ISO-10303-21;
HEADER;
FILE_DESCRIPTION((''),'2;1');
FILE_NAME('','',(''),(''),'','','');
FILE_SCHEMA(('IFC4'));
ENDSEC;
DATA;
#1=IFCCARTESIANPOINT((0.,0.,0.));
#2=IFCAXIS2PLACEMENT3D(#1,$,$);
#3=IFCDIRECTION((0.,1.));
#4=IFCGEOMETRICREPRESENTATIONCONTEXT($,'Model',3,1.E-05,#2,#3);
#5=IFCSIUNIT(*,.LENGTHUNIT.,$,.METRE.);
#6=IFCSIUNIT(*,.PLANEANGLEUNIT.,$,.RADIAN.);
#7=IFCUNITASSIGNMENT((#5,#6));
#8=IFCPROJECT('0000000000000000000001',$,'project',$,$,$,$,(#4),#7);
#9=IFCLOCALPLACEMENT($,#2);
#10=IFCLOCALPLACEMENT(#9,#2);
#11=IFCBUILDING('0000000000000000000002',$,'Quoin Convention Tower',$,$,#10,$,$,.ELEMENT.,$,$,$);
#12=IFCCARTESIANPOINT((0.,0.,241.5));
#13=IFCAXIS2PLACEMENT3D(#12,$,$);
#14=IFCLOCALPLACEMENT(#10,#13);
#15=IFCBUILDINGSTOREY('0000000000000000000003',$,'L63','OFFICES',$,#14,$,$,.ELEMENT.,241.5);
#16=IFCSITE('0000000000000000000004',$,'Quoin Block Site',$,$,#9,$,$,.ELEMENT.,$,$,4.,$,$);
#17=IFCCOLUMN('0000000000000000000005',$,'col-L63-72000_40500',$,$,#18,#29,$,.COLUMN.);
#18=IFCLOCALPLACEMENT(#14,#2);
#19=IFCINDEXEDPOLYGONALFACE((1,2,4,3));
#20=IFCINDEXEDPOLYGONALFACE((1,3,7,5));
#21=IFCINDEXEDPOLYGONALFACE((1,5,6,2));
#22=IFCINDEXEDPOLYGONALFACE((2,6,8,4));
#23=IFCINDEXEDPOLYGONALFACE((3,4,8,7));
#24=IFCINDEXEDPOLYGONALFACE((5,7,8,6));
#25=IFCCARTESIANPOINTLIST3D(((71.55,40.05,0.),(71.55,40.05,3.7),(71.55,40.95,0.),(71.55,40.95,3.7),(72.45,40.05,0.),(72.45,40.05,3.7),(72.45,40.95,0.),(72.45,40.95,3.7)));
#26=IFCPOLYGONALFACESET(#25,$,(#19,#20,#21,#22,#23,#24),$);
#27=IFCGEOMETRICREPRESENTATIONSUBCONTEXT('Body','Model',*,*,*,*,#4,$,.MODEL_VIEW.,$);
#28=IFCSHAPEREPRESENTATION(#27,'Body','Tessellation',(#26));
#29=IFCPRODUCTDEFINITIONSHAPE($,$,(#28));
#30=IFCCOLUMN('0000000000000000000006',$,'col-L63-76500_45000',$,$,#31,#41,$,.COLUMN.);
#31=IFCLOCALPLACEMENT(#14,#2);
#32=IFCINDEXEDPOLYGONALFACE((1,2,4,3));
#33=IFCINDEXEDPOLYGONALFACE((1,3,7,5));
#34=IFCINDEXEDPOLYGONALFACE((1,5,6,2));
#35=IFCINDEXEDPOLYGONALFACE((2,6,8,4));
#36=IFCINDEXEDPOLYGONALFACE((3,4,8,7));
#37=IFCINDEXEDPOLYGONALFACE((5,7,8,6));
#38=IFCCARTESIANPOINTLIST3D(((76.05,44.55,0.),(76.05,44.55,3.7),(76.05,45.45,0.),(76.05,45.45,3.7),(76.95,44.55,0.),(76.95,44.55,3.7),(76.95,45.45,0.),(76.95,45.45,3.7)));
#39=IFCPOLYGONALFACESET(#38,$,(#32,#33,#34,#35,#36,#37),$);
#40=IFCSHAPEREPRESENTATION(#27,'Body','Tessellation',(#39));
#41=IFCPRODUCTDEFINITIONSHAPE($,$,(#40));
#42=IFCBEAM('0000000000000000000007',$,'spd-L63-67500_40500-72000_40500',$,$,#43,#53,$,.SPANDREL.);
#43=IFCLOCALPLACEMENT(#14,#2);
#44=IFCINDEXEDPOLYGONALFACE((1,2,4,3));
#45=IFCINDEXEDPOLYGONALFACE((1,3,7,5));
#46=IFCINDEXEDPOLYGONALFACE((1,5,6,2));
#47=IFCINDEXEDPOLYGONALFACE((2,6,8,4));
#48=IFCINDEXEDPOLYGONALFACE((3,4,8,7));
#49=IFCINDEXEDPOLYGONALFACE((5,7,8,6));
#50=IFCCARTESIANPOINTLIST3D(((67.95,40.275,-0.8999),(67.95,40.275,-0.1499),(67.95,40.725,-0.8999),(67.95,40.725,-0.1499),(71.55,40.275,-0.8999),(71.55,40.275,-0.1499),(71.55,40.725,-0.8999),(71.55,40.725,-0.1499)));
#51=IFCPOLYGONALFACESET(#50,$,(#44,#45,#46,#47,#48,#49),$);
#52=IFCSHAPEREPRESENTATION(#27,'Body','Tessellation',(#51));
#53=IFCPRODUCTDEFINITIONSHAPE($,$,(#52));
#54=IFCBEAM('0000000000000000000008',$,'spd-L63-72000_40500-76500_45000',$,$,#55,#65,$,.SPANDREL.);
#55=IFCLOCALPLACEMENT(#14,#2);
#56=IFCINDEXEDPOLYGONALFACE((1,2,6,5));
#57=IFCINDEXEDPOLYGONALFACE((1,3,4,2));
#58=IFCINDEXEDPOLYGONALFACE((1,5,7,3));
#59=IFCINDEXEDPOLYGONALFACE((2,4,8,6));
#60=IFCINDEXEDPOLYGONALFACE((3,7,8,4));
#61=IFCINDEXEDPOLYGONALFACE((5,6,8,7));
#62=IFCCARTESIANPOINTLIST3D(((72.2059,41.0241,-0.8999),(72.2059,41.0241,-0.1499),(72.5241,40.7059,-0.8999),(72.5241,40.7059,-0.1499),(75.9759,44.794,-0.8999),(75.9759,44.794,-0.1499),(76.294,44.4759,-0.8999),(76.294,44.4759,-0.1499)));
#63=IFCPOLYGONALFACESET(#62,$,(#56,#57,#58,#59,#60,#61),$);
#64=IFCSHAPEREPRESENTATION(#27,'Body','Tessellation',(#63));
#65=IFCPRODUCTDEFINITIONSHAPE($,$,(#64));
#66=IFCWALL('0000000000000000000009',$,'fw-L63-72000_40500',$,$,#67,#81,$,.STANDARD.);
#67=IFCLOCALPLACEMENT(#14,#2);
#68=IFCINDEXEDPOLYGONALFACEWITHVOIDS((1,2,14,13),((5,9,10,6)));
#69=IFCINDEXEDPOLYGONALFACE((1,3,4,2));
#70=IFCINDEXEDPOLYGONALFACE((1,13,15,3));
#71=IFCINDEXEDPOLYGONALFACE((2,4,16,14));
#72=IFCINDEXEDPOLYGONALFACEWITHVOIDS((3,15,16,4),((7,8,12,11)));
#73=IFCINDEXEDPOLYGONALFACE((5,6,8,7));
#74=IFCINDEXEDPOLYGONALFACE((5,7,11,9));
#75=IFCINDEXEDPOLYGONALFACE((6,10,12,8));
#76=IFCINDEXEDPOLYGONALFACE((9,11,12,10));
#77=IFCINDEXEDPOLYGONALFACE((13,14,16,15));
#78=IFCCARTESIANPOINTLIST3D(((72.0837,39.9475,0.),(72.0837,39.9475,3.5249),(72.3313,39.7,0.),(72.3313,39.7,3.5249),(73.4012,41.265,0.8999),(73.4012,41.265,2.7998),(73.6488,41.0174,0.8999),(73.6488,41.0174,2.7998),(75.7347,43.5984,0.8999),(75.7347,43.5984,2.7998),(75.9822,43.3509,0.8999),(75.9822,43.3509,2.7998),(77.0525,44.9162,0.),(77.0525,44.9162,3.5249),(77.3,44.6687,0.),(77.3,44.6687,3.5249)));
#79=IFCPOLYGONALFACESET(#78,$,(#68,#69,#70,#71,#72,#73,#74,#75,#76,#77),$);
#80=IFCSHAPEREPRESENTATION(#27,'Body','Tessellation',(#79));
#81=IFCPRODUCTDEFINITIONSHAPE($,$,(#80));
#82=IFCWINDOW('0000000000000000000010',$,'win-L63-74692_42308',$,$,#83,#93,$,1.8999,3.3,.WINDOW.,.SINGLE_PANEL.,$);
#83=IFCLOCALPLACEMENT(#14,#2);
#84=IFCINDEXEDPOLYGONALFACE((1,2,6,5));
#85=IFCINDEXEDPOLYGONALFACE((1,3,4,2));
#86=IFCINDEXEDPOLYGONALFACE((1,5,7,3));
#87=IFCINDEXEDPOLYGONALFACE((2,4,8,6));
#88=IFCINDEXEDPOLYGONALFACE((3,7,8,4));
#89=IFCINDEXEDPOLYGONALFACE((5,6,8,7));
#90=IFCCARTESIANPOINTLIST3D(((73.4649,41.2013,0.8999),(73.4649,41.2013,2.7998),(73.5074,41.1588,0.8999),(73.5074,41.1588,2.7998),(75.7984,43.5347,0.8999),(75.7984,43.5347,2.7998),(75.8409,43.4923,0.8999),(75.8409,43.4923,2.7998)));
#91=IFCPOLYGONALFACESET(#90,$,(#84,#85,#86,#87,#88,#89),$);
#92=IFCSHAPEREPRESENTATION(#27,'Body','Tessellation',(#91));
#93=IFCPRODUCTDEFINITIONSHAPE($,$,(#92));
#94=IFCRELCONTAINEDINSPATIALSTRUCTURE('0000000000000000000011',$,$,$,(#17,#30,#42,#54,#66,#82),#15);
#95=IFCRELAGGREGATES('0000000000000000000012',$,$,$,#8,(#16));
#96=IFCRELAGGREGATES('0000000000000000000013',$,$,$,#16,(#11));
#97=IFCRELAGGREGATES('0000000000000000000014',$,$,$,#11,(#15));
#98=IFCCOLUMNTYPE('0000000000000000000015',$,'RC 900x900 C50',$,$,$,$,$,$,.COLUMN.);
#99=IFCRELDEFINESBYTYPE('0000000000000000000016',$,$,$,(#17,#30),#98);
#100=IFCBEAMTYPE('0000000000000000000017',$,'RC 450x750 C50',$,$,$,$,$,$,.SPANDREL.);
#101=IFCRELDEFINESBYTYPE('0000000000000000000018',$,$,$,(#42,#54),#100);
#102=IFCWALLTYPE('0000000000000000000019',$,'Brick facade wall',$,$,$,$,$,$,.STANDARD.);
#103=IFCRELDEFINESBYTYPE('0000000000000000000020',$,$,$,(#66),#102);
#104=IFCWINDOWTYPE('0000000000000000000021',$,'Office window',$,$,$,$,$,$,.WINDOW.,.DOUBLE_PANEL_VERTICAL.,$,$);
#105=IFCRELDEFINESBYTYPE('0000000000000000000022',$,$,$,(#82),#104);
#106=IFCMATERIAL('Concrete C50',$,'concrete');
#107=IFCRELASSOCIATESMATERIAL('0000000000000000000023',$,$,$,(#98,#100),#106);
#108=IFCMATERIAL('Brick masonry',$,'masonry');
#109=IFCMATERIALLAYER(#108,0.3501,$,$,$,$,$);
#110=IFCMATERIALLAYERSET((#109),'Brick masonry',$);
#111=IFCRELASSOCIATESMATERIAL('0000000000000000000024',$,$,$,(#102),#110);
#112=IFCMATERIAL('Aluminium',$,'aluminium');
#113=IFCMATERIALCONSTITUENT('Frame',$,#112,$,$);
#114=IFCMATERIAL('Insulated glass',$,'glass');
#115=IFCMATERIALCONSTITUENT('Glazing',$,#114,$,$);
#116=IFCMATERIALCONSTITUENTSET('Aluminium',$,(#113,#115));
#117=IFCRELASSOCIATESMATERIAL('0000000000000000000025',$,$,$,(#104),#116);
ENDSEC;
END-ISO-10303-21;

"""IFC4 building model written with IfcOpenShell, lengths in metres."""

from ifc_helpers import new_model, si_unit, direction, frame, frame_2d, origin, origin_2d, place, context, subcontext, project, spatial, rectangle, extrude, material, layer, layer_set, constituent, constituent_set, material_profile, profile_set, type_object, element, fill, save


model = new_model("IFC4")

# Units and contexts
model_context = context("Model", 3, precision=1e-05, world=origin(), true_north=direction((0.0, 1.0)))
body_context = subcontext(model_context, "Body", "Model", "MODEL_VIEW")
ifc_project = project(units=[si_unit("LENGTHUNIT", "METRE"), si_unit("PLANEANGLEUNIT", "RADIAN")], contexts=[model_context])

# Site, building, storey
site_placement = place(None, origin())
site = spatial("IfcSite", under=ifc_project, at=site_placement, Name="Quoin Block Site", CompositionType="ELEMENT", RefElevation=4.0)
building_placement = place(site_placement, origin())
building = spatial("IfcBuilding", under=site, at=building_placement, Name="Quoin Convention Tower", CompositionType="ELEMENT")
storey_placement = place(building_placement, frame((0.0, 0.0, 241.5)))
storey = spatial("IfcBuildingStorey", under=building, at=storey_placement, Name="L63", Description="OFFICES", CompositionType="ELEMENT", Elevation=241.5)

# Columns
ifc_material_1 = material(Name="Concrete C50", Category="concrete")
ifc_material_profile_1 = material_profile(ifc_material_1, rectangle(XDim=0.8999, YDim=0.8999, at=origin_2d()), Name="RC 900x900")
ifc_profile_set_1 = profile_set([ifc_material_profile_1], Name="Concrete C50")
column_type = type_object("IfcColumnType", Name="RC 900x900 C50", PredefinedType="COLUMN", material=ifc_profile_set_1)
for number, where, z_axis, x_axis, name in (
    (1, (72.0, 40.5, 0.0), (0.0, 0.0, 1.0), (1.0, 0.0, 0.0), "col-L63-72000_40500"),
    (2, (76.5, 45.0, 0.0), (0.0, 0.0, 1.0), (1.0, 0.0, 0.0), "col-L63-76500_45000"),
):
    element("IfcColumn", number, at=place(storey_placement, frame(where, z_axis=z_axis, x_axis=x_axis)), inside=storey, type_object=column_type, Name=name, PredefinedType="COLUMN", context=body_context, shape_type="SweptSolid", body=[
        extrude(rectangle(XDim=0.8999, YDim=0.8999, at=origin_2d()), origin(), (0.0, 0.0, 1.0), 3.7),
    ])

# Beams
ifc_material_profile_2 = material_profile(ifc_material_1, rectangle(XDim=0.45, YDim=0.75, at=origin_2d()), Name="RC 450x750")
ifc_profile_set_2 = profile_set([ifc_material_profile_2], Name="Concrete C50")
beam_type = type_object("IfcBeamType", Name="RC 450x750 C50", PredefinedType="SPANDREL", material=ifc_profile_set_2)
beam_1_placement = place(storey_placement, frame((67.95, 40.5, -0.5249), z_axis=(1.0, 0.0, 0.0), x_axis=(0.0, 1.0, 0.0)))
element("IfcBeam", 3, at=beam_1_placement, inside=storey, type_object=beam_type, Name="spd-L63-67500_40500-72000_40500", PredefinedType="SPANDREL", context=body_context, shape_type="SweptSolid", body=[
    extrude(rectangle(XDim=0.45, YDim=0.75, at=origin_2d()), origin(), (0.0, 0.0, 1.0), 3.6001),
])
beam_2_placement = place(storey_placement, frame((72.365, 40.865, -0.5249), z_axis=(0.707107, 0.707107, 0.0), x_axis=(-0.707107, 0.707107, 0.0)))
element("IfcBeam", 4, at=beam_2_placement, inside=storey, type_object=beam_type, Name="spd-L63-72000_40500-76500_45000", PredefinedType="SPANDREL", context=body_context, shape_type="SweptSolid", body=[
    extrude(rectangle(XDim=0.45, YDim=0.75, at=origin_2d()), origin(), (0.0, 0.0, 1.0), 5.3315),
])

# Wall, opening, window
ifc_material_2 = material(Name="Brick masonry", Category="masonry")
ifc_layer_1 = layer(ifc_material_2, 0.3501)
ifc_layer_set_1 = layer_set([ifc_layer_1], Name="Brick masonry")
wall_type_1 = type_object("IfcWallType", Name="Brick facade wall", PredefinedType="STANDARD", material=ifc_layer_set_1)
wall_1_placement = place(storey_placement, frame((72.2075, 39.8237, 0.0), z_axis=(0.0, 0.0, 1.0), x_axis=(0.707107, 0.707107, 0.0)))
wall_1 = element("IfcWall", 5, at=wall_1_placement, inside=storey, type_object=wall_type_1, Name="fw-L63-72000_40500", PredefinedType="STANDARD", context=body_context, shape_type="SweptSolid", body=[
    extrude(rectangle(XDim=7.0269, YDim=0.3501, at=frame_2d((3.5134, 0.0))), origin(), (0.0, 0.0, 1.0), 3.5249),
])
opening_1_placement = place(wall_1_placement, frame((1.8633, 0.0, 0.8999)))
opening_1 = element("IfcOpeningElement", 6, at=opening_1_placement, cuts=wall_1, PredefinedType="OPENING", context=body_context, shape_type="SweptSolid", body=[
    extrude(rectangle(XDim=3.3, YDim=1.8999, at=frame_2d((1.6499, 0.95))), frame((0.0, 0.1851, 0.0), z_axis=(0.0, -1.0, 0.0), x_axis=(1.0, 0.0, 0.0)), (0.0, 0.0, 1.0), 0.3701),
])
ifc_material_3 = material(Name="Aluminium", Category="aluminium")
ifc_constituent_1 = constituent(ifc_material_3, Name="Frame")
ifc_material_4 = material(Name="Insulated glass", Category="glass")
ifc_constituent_2 = constituent(ifc_material_4, Name="Glazing")
ifc_constituent_set = constituent_set(constituents=[ifc_constituent_1, ifc_constituent_2], Name="Aluminium")
window_type = type_object("IfcWindowType", Name="Office window", PartitioningType="DOUBLE_PANEL_VERTICAL", PredefinedType="WINDOW", material=ifc_constituent_set)
window_1_placement = place(opening_1_placement, origin())
window_1 = element("IfcWindow", 7, at=window_1_placement, inside=storey, type_object=window_type, Name="win-L63-74692_42308", OverallHeight=1.8999, OverallWidth=3.3, PartitioningType="SINGLE_PANEL", PredefinedType="WINDOW", context=body_context, shape_type="SweptSolid", body=[
    extrude(rectangle(XDim=3.3, YDim=1.8999, at=frame_2d((1.6499, 0.95))), frame((0.0, 0.085, 0.0), z_axis=(0.0, -1.0, 0.0), x_axis=(1.0, 0.0, 0.0)), (0.0, 0.0, 1.0), 0.0601),
])
fill(opening_1, window_1)

save(model, "model.ifc")
